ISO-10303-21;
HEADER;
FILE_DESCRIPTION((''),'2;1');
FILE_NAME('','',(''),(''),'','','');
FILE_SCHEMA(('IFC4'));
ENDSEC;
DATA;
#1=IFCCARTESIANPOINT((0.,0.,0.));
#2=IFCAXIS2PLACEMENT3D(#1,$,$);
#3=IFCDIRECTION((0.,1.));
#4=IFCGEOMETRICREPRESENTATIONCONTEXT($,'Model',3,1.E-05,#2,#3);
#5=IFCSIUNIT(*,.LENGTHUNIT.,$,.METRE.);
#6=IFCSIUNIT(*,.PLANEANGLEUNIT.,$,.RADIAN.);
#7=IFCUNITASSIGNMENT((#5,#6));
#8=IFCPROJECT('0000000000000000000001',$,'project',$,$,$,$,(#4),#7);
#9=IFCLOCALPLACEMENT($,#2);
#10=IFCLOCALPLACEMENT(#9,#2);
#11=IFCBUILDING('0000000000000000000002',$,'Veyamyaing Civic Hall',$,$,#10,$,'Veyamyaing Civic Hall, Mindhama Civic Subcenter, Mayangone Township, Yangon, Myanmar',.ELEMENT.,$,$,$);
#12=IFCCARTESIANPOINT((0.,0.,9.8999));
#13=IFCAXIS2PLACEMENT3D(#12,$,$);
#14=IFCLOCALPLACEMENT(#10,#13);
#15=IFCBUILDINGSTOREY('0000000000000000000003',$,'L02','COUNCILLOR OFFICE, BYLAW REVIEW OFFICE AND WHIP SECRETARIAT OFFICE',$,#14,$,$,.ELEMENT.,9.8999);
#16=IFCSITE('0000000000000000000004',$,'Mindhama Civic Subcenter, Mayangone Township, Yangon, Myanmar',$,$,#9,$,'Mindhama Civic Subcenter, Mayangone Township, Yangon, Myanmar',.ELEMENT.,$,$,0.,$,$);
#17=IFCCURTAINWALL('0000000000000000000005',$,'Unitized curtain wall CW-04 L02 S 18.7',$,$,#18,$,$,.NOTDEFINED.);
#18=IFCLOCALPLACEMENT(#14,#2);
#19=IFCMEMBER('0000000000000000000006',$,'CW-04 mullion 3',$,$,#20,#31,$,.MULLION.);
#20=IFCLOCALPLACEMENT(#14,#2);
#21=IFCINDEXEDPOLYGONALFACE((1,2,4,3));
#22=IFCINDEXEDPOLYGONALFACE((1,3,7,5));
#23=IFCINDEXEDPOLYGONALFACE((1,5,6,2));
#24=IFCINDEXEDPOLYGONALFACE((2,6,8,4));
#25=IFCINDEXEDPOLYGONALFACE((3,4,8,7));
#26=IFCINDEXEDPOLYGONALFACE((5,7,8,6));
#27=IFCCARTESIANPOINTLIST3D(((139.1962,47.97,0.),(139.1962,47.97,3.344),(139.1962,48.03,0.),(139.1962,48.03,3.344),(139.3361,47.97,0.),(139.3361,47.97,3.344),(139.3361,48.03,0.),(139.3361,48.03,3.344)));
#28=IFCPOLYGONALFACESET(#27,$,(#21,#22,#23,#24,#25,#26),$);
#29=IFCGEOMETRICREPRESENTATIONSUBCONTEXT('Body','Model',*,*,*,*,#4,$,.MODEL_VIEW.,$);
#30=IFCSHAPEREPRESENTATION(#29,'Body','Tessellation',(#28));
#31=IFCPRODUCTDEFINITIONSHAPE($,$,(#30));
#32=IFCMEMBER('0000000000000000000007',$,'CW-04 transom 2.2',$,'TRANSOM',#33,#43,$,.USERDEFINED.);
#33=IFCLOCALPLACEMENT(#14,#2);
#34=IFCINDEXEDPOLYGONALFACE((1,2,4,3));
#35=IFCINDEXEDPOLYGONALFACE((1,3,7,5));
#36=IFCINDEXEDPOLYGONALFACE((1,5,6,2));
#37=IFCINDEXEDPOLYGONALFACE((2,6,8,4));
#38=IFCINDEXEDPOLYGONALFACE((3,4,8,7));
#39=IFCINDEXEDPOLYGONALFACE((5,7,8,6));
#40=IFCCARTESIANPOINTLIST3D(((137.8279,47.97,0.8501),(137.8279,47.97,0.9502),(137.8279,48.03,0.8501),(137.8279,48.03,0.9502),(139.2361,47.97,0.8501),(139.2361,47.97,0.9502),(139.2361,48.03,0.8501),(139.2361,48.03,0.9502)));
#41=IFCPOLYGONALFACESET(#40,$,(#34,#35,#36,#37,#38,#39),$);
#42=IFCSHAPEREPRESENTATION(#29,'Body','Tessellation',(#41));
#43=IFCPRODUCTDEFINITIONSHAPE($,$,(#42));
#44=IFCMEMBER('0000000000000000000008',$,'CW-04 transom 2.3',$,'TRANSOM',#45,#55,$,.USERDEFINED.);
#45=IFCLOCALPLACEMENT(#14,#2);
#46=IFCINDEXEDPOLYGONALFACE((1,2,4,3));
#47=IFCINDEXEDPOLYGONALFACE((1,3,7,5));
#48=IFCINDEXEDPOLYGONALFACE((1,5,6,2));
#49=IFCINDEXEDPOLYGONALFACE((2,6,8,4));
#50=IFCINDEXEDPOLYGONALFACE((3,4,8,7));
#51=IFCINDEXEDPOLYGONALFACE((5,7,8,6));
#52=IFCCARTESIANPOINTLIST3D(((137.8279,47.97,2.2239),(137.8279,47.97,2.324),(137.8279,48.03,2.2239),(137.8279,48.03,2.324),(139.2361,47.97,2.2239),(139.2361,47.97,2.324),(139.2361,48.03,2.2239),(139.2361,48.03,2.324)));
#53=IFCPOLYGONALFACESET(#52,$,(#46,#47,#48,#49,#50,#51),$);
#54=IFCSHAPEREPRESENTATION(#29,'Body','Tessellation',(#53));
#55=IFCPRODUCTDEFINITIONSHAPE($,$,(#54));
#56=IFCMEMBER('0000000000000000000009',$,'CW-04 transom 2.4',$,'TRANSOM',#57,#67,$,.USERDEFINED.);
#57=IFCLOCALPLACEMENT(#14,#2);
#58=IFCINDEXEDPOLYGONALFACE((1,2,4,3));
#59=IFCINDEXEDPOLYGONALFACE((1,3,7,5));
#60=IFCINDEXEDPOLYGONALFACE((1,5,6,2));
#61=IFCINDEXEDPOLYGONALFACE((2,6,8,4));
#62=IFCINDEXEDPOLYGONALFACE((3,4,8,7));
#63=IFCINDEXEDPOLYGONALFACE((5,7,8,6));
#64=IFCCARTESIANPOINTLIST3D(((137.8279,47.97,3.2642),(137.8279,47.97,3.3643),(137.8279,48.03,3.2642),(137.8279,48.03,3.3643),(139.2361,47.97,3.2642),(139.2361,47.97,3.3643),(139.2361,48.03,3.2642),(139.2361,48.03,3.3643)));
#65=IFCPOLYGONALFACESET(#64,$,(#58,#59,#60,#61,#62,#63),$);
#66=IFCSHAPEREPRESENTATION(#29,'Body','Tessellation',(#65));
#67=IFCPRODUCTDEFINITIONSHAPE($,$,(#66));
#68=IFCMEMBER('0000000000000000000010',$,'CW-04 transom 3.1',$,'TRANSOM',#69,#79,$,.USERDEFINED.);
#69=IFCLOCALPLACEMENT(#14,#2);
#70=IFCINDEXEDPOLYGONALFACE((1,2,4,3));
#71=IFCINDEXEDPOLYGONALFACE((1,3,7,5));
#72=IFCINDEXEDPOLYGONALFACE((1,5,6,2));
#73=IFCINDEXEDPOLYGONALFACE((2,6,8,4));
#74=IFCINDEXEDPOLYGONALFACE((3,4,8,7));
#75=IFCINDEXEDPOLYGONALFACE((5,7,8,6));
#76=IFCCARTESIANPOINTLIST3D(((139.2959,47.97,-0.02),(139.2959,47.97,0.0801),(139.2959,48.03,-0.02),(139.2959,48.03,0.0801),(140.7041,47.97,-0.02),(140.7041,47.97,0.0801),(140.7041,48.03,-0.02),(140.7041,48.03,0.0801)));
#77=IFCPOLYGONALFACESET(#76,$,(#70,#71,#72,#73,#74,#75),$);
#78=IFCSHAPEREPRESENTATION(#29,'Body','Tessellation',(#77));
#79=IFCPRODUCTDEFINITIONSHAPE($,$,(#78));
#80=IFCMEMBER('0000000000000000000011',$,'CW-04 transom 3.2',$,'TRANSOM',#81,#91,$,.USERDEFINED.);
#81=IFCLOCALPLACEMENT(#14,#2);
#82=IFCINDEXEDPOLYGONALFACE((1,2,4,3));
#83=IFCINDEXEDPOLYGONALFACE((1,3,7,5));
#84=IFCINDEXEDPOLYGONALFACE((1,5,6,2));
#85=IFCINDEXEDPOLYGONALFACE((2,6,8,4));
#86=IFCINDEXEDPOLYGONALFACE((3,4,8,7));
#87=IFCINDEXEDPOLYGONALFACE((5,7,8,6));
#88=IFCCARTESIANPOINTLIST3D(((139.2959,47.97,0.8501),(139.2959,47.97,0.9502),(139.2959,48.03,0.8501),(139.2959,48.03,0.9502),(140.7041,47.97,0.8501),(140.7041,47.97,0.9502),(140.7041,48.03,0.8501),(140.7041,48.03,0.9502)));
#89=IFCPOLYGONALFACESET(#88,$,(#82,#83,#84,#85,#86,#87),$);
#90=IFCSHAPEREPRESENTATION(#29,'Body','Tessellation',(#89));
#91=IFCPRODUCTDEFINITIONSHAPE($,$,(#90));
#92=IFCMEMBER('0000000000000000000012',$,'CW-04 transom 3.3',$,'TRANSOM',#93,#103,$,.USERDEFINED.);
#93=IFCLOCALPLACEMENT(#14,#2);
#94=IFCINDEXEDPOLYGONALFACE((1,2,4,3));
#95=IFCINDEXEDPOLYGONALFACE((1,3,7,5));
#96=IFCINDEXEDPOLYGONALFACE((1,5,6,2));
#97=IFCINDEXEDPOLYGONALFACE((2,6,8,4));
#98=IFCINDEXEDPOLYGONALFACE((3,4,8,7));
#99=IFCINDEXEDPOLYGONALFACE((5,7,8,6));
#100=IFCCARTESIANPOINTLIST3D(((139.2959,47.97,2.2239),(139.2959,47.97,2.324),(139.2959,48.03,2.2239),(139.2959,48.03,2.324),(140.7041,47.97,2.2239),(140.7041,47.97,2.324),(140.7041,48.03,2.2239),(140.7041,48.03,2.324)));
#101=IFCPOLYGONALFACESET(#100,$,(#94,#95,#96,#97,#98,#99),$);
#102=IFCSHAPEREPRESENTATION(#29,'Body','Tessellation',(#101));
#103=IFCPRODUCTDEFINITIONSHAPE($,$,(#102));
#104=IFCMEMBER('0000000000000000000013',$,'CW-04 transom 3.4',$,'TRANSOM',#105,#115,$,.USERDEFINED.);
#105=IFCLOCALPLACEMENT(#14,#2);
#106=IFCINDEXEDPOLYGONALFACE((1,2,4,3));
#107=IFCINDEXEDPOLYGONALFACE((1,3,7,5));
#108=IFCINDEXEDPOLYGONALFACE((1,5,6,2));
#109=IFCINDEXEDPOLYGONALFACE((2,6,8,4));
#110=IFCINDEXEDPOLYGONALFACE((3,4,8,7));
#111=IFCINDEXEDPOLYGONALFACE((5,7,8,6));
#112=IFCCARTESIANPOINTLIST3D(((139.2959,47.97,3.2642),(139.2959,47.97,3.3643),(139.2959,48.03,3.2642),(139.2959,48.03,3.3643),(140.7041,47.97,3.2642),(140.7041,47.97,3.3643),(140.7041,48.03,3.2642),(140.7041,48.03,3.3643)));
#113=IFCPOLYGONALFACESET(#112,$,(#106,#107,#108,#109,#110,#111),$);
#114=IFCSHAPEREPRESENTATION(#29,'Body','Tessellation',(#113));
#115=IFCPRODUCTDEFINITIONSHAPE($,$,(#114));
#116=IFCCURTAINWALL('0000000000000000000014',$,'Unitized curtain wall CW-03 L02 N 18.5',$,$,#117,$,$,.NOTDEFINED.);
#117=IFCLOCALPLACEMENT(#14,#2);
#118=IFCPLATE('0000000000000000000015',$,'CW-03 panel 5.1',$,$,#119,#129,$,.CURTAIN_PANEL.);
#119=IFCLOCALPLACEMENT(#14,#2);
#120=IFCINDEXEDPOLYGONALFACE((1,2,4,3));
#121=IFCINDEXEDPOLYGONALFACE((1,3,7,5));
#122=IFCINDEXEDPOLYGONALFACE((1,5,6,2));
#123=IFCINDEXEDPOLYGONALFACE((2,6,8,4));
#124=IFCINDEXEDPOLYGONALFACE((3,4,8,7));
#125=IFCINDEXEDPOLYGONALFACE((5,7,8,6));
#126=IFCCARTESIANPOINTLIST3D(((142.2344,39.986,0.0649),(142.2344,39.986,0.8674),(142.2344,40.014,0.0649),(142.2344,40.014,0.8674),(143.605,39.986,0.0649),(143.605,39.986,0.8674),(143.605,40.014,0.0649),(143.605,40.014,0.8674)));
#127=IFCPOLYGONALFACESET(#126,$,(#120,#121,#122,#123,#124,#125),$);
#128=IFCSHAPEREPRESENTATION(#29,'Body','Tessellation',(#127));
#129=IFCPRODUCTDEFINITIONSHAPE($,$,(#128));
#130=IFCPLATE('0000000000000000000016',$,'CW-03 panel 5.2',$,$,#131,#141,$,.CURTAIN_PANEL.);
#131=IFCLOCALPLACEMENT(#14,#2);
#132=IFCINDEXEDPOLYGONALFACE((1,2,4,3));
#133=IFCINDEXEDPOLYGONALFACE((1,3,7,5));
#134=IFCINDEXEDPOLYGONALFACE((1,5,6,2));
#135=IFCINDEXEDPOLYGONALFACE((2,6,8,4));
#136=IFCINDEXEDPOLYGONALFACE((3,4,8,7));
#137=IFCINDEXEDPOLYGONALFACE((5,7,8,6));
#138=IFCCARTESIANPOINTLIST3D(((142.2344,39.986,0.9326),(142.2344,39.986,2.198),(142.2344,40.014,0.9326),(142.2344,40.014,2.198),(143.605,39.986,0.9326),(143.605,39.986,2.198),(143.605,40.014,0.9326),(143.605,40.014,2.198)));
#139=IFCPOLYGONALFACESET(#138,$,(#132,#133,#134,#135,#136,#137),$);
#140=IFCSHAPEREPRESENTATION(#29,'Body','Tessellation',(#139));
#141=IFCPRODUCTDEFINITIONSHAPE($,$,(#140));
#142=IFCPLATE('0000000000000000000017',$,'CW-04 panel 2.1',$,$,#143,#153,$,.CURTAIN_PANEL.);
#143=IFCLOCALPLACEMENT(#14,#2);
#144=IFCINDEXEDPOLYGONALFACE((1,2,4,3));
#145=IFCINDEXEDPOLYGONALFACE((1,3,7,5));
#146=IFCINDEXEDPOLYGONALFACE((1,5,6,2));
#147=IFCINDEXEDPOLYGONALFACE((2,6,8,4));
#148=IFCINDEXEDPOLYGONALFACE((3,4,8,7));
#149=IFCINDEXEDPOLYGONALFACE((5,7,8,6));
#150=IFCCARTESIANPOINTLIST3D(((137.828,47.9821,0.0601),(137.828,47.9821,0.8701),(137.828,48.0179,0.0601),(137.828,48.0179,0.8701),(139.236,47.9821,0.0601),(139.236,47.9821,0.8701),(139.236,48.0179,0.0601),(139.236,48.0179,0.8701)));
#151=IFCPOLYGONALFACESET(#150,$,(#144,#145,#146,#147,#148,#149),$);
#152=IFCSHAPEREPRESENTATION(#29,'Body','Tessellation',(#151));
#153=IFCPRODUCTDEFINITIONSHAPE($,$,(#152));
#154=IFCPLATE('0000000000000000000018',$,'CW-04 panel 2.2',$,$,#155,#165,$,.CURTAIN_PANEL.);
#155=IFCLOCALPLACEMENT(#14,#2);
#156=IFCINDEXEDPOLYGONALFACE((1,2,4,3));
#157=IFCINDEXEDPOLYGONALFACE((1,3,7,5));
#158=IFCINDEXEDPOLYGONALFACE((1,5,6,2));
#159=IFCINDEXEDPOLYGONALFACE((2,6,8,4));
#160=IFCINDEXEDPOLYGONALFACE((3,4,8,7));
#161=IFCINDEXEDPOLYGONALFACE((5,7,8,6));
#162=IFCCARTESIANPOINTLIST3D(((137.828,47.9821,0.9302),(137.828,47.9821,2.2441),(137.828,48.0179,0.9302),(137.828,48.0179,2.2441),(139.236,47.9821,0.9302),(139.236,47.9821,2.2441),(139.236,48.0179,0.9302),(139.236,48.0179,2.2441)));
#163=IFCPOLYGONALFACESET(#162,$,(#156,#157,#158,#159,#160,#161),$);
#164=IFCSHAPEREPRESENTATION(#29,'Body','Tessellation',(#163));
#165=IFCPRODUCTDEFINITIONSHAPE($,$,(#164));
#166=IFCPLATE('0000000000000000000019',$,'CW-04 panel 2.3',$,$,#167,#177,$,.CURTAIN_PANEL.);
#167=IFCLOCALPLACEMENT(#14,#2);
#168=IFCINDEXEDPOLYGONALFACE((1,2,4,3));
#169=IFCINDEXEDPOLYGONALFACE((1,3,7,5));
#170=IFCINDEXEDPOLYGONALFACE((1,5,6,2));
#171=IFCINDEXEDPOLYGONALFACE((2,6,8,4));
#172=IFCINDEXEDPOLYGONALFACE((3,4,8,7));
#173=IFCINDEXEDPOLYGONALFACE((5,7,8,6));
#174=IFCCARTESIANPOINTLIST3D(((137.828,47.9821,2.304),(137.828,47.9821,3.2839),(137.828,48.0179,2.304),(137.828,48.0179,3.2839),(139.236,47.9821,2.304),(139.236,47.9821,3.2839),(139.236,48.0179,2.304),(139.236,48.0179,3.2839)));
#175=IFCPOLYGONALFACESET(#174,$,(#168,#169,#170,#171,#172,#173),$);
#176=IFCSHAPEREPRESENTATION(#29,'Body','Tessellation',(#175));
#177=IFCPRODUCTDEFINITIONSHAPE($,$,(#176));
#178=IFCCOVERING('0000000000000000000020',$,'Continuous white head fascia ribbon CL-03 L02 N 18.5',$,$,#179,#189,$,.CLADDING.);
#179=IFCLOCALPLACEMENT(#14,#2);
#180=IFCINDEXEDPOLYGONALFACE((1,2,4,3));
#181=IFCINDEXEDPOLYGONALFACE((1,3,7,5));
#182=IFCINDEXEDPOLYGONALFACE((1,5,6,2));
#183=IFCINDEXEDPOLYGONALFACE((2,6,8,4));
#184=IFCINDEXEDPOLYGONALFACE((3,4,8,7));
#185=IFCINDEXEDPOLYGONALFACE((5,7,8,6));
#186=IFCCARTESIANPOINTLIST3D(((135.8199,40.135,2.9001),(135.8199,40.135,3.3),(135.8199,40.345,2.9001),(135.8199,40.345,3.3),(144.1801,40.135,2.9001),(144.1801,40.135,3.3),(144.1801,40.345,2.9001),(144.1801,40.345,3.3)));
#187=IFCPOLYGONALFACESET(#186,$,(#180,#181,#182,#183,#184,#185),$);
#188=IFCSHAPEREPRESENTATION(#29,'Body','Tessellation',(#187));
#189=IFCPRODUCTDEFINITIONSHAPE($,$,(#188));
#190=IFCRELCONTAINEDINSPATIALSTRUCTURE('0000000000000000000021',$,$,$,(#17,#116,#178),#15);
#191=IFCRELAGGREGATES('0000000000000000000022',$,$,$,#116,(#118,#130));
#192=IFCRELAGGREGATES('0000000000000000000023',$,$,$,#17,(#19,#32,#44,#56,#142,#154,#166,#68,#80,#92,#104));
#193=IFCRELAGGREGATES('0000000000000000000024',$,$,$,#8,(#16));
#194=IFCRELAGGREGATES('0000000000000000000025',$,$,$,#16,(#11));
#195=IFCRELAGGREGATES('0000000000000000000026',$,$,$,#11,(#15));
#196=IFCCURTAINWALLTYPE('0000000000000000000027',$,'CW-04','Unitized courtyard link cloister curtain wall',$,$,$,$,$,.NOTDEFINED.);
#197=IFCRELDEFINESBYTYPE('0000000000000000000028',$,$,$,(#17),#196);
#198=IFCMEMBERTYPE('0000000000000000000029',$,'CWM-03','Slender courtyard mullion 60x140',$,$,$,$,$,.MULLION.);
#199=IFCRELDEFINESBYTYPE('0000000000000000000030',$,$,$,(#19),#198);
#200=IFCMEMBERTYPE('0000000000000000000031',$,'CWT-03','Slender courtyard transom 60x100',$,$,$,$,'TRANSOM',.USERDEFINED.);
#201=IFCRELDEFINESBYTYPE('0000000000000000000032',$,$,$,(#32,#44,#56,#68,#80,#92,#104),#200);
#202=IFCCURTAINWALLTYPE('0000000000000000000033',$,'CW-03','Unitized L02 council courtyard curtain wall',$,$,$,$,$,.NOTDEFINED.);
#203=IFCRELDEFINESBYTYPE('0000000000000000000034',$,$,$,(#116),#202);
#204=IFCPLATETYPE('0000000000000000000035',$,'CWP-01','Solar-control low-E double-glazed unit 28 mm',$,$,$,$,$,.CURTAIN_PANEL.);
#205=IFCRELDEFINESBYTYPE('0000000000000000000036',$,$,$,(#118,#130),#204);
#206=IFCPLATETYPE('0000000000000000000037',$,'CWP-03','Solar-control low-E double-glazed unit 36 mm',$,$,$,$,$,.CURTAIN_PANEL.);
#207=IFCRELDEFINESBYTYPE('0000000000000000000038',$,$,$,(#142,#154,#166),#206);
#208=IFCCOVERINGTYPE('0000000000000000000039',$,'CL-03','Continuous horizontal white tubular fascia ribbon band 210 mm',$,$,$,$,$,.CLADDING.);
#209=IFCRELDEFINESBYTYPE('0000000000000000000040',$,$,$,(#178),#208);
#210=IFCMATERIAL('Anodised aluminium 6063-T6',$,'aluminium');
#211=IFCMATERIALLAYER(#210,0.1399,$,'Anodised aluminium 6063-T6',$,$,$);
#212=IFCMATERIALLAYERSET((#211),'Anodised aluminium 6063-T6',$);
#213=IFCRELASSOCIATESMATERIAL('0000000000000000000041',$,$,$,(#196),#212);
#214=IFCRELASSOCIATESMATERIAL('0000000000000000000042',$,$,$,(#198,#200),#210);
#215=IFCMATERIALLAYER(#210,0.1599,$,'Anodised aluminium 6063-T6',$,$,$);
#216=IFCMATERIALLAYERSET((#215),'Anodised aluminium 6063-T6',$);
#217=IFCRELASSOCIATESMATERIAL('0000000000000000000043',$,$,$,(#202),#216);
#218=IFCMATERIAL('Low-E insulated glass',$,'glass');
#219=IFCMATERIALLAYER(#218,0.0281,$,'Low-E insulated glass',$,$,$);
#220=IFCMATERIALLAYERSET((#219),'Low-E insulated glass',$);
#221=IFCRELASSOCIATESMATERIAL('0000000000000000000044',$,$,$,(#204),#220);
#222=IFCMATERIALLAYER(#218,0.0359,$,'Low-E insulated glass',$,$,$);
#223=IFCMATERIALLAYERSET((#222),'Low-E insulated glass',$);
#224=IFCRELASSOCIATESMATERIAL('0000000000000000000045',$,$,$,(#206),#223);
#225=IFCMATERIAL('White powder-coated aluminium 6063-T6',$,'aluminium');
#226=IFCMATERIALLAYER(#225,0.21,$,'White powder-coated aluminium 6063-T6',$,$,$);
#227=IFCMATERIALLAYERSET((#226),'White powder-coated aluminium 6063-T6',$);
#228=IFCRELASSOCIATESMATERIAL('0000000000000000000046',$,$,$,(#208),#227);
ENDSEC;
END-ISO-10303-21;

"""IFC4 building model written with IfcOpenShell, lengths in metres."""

from ifc_helpers import new_model, si_unit, direction, frame, origin, origin_2d, place, context, subcontext, project, spatial, rectangle, extrude, material, layer, layer_set, material_profile, profile_set, type_object, element, aggregate, save


model = new_model("IFC4")

# Units and contexts
model_context = context("Model", 3, precision=1e-05, world=origin(), true_north=direction((0.0, 1.0)))
body_context = subcontext(model_context, "Body", "Model", "MODEL_VIEW")
ifc_project = project(units=[si_unit("LENGTHUNIT", "METRE"), si_unit("PLANEANGLEUNIT", "RADIAN")], contexts=[model_context])

# Site, building, storey
site_placement = place(None, origin())
site = spatial("IfcSite", under=ifc_project, at=site_placement, Name="Mindhama Civic Subcenter, Mayangone Township, Yangon, Myanmar", LongName="Mindhama Civic Subcenter, Mayangone Township, Yangon, Myanmar", CompositionType="ELEMENT", RefElevation=0.0)
building_placement = place(site_placement, origin())
building = spatial("IfcBuilding", under=site, at=building_placement, Name="Veyamyaing Civic Hall", LongName="Veyamyaing Civic Hall, Mindhama Civic Subcenter, Mayangone Township, Yangon, Myanmar", CompositionType="ELEMENT")
storey_placement = place(building_placement, frame((0.0, 0.0, 9.8999)))
storey = spatial("IfcBuildingStorey", under=building, at=storey_placement, Name="L02", Description="COUNCILLOR OFFICE, BYLAW REVIEW OFFICE AND WHIP SECRETARIAT OFFICE", CompositionType="ELEMENT", Elevation=9.8999)

# Curtain wall, members
ifc_material_1 = material(Name="Anodised aluminium 6063-T6", Category="aluminium")
ifc_layer_1 = layer(ifc_material_1, 0.1399, Name="Anodised aluminium 6063-T6")
ifc_layer_set_1 = layer_set([ifc_layer_1], Name="Anodised aluminium 6063-T6")
curtain_wall_type_1 = type_object("IfcCurtainWallType", Name="CW-04", Description="Unitized courtyard link cloister curtain wall", PredefinedType="NOTDEFINED", material=ifc_layer_set_1)
curtain_wall_1_placement = place(storey_placement, origin())
curtain_wall_1 = element("IfcCurtainWall", 1, at=curtain_wall_1_placement, inside=storey, type_object=curtain_wall_type_1, Name="Unitized curtain wall CW-04 L02 S 18.7", PredefinedType="NOTDEFINED")
ifc_material_profile_1 = material_profile(ifc_material_1, rectangle(XDim=0.0601, YDim=0.1399, at=origin_2d()), Name="ALU-MUL-60X140")
ifc_profile_set_1 = profile_set([ifc_material_profile_1], Name="Anodised aluminium 6063-T6")
member_type_1 = type_object("IfcMemberType", Name="CWM-03", Description="Slender courtyard mullion 60x140", PredefinedType="MULLION", material=ifc_profile_set_1)
member_1_placement = place(storey_placement, frame((139.2661, 48.0, 0.0), z_axis=(0.0, 0.0, 1.0), x_axis=(0.0, 1.0, 0.0)))
member_1 = element("IfcMember", 2, at=member_1_placement, type_object=member_type_1, Name="CW-04 mullion 3", PredefinedType="MULLION", context=body_context, shape_type="SweptSolid", body=[
    extrude(rectangle(XDim=0.0601, YDim=0.1399, at=origin_2d()), origin(), (0.0, 0.0, 1.0), 3.344),
])
ifc_material_profile_2 = material_profile(ifc_material_1, rectangle(XDim=0.0601, YDim=0.1001, at=origin_2d()), Name="ALU-TRN-60X100")
ifc_profile_set_2 = profile_set([ifc_material_profile_2], Name="Anodised aluminium 6063-T6")
member_type_2 = type_object("IfcMemberType", Name="CWT-03", Description="Slender courtyard transom 60x100", ElementType="TRANSOM", PredefinedType="USERDEFINED", material=ifc_profile_set_2)
member_2_placement = place(storey_placement, frame((137.8279, 48.0, 0.9001), z_axis=(1.0, 0.0, 0.0), x_axis=(0.0, 1.0, 0.0)))
member_2 = element("IfcMember", 3, at=member_2_placement, type_object=member_type_2, Name="CW-04 transom 2.2", ObjectType="TRANSOM", PredefinedType="USERDEFINED", context=body_context, shape_type="SweptSolid", body=[
    extrude(rectangle(XDim=0.0601, YDim=0.1001, at=origin_2d()), origin(), (0.0, 0.0, 1.0), 1.4082),
])
member_3_placement = place(storey_placement, frame((137.8279, 48.0, 2.2739), z_axis=(1.0, 0.0, 0.0), x_axis=(0.0, 1.0, 0.0)))
member_3 = element("IfcMember", 4, at=member_3_placement, type_object=member_type_2, Name="CW-04 transom 2.3", ObjectType="TRANSOM", PredefinedType="USERDEFINED", context=body_context, shape_type="SweptSolid", body=[
    extrude(rectangle(XDim=0.0601, YDim=0.1001, at=origin_2d()), origin(), (0.0, 0.0, 1.0), 1.4082),
])
member_4_placement = place(storey_placement, frame((137.8279, 48.0, 3.3142), z_axis=(1.0, 0.0, 0.0), x_axis=(0.0, 1.0, 0.0)))
member_4 = element("IfcMember", 5, at=member_4_placement, type_object=member_type_2, Name="CW-04 transom 2.4", ObjectType="TRANSOM", PredefinedType="USERDEFINED", context=body_context, shape_type="SweptSolid", body=[
    extrude(rectangle(XDim=0.0601, YDim=0.1001, at=origin_2d()), origin(), (0.0, 0.0, 1.0), 1.4082),
])
member_5_placement = place(storey_placement, frame((139.2959, 48.0, 0.03), z_axis=(1.0, 0.0, 0.0), x_axis=(0.0, 1.0, 0.0)))
member_5 = element("IfcMember", 6, at=member_5_placement, type_object=member_type_2, Name="CW-04 transom 3.1", ObjectType="TRANSOM", PredefinedType="USERDEFINED", context=body_context, shape_type="SweptSolid", body=[
    extrude(rectangle(XDim=0.0601, YDim=0.1001, at=origin_2d()), origin(), (0.0, 0.0, 1.0), 1.4082),
])
member_6_placement = place(storey_placement, frame((139.2959, 48.0, 0.9001), z_axis=(1.0, 0.0, 0.0), x_axis=(0.0, 1.0, 0.0)))
member_6 = element("IfcMember", 7, at=member_6_placement, type_object=member_type_2, Name="CW-04 transom 3.2", ObjectType="TRANSOM", PredefinedType="USERDEFINED", context=body_context, shape_type="SweptSolid", body=[
    extrude(rectangle(XDim=0.0601, YDim=0.1001, at=origin_2d()), origin(), (0.0, 0.0, 1.0), 1.4082),
])
member_7_placement = place(storey_placement, frame((139.2959, 48.0, 2.2739), z_axis=(1.0, 0.0, 0.0), x_axis=(0.0, 1.0, 0.0)))
member_7 = element("IfcMember", 8, at=member_7_placement, type_object=member_type_2, Name="CW-04 transom 3.3", ObjectType="TRANSOM", PredefinedType="USERDEFINED", context=body_context, shape_type="SweptSolid", body=[
    extrude(rectangle(XDim=0.0601, YDim=0.1001, at=origin_2d()), origin(), (0.0, 0.0, 1.0), 1.4082),
])
member_8_placement = place(storey_placement, frame((139.2959, 48.0, 3.3142), z_axis=(1.0, 0.0, 0.0), x_axis=(0.0, 1.0, 0.0)))
member_8 = element("IfcMember", 9, at=member_8_placement, type_object=member_type_2, Name="CW-04 transom 3.4", ObjectType="TRANSOM", PredefinedType="USERDEFINED", context=body_context, shape_type="SweptSolid", body=[
    extrude(rectangle(XDim=0.0601, YDim=0.1001, at=origin_2d()), origin(), (0.0, 0.0, 1.0), 1.4082),
])

# Curtain wall, plates
ifc_layer_2 = layer(ifc_material_1, 0.1599, Name="Anodised aluminium 6063-T6")
ifc_layer_set_2 = layer_set([ifc_layer_2], Name="Anodised aluminium 6063-T6")
curtain_wall_type_2 = type_object("IfcCurtainWallType", Name="CW-03", Description="Unitized L02 council courtyard curtain wall", PredefinedType="NOTDEFINED", material=ifc_layer_set_2)
curtain_wall_2_placement = place(storey_placement, origin())
curtain_wall_2 = element("IfcCurtainWall", 10, at=curtain_wall_2_placement, inside=storey, type_object=curtain_wall_type_2, Name="Unitized curtain wall CW-03 L02 N 18.5", PredefinedType="NOTDEFINED")
ifc_material_2 = material(Name="Low-E insulated glass", Category="glass")
ifc_layer_3 = layer(ifc_material_2, 0.0281, Name="Low-E insulated glass")
ifc_layer_set_3 = layer_set([ifc_layer_3], Name="Low-E insulated glass")
plate_type_1 = type_object("IfcPlateType", Name="CWP-01", Description="Solar-control low-E double-glazed unit 28 mm", PredefinedType="CURTAIN_PANEL", material=ifc_layer_set_3)
plate_1_placement = place(storey_placement, frame((142.9197, 40.0, 0.0649), z_axis=(0.0, 0.0, 1.0), x_axis=(1.0, 0.0, 0.0)))
plate_1 = element("IfcPlate", 11, at=plate_1_placement, type_object=plate_type_1, Name="CW-03 panel 5.1", PredefinedType="CURTAIN_PANEL", context=body_context, shape_type="SweptSolid", body=[
    extrude(rectangle(XDim=1.3706, YDim=0.0281, at=origin_2d()), origin(), (0.0, 0.0, 1.0), 0.8025),
])
plate_2_placement = place(storey_placement, frame((142.9197, 40.0, 0.9326), z_axis=(0.0, 0.0, 1.0), x_axis=(1.0, 0.0, 0.0)))
plate_2 = element("IfcPlate", 12, at=plate_2_placement, type_object=plate_type_1, Name="CW-03 panel 5.2", PredefinedType="CURTAIN_PANEL", context=body_context, shape_type="SweptSolid", body=[
    extrude(rectangle(XDim=1.3706, YDim=0.0281, at=origin_2d()), origin(), (0.0, 0.0, 1.0), 1.2654),
])
aggregate(curtain_wall_2, [plate_1, plate_2])

# Plates
ifc_layer_4 = layer(ifc_material_2, 0.0359, Name="Low-E insulated glass")
ifc_layer_set_4 = layer_set([ifc_layer_4], Name="Low-E insulated glass")
plate_type_2 = type_object("IfcPlateType", Name="CWP-03", Description="Solar-control low-E double-glazed unit 36 mm", PredefinedType="CURTAIN_PANEL", material=ifc_layer_set_4)
plate_3_placement = place(storey_placement, frame((138.532, 48.0, 0.0601), z_axis=(0.0, 0.0, 1.0), x_axis=(1.0, 0.0, 0.0)))
plate_3 = element("IfcPlate", 13, at=plate_3_placement, type_object=plate_type_2, Name="CW-04 panel 2.1", PredefinedType="CURTAIN_PANEL", context=body_context, shape_type="SweptSolid", body=[
    extrude(rectangle(XDim=1.408, YDim=0.0359, at=origin_2d()), origin(), (0.0, 0.0, 1.0), 0.8101),
])
plate_4_placement = place(storey_placement, frame((138.532, 48.0, 0.9302), z_axis=(0.0, 0.0, 1.0), x_axis=(1.0, 0.0, 0.0)))
plate_4 = element("IfcPlate", 14, at=plate_4_placement, type_object=plate_type_2, Name="CW-04 panel 2.2", PredefinedType="CURTAIN_PANEL", context=body_context, shape_type="SweptSolid", body=[
    extrude(rectangle(XDim=1.408, YDim=0.0359, at=origin_2d()), origin(), (0.0, 0.0, 1.0), 1.314),
])
plate_5_placement = place(storey_placement, frame((138.532, 48.0, 2.304), z_axis=(0.0, 0.0, 1.0), x_axis=(1.0, 0.0, 0.0)))
plate_5 = element("IfcPlate", 15, at=plate_5_placement, type_object=plate_type_2, Name="CW-04 panel 2.3", PredefinedType="CURTAIN_PANEL", context=body_context, shape_type="SweptSolid", body=[
    extrude(rectangle(XDim=1.408, YDim=0.0359, at=origin_2d()), origin(), (0.0, 0.0, 1.0), 0.98),
])
aggregate(curtain_wall_1, [member_1, member_2, member_3, member_4, plate_3, plate_4, plate_5, member_5, member_6, member_7, member_8])

# Covering
ifc_material_3 = material(Name="White powder-coated aluminium 6063-T6", Category="aluminium")
ifc_layer_5 = layer(ifc_material_3, 0.21, Name="White powder-coated aluminium 6063-T6")
ifc_layer_set_5 = layer_set([ifc_layer_5], Name="White powder-coated aluminium 6063-T6")
covering_type = type_object("IfcCoveringType", Name="CL-03", Description="Continuous horizontal white tubular fascia ribbon band 210 mm", PredefinedType="CLADDING", material=ifc_layer_set_5)
for number, where, z_axis, x_axis, name in (
    (16, (140.0, 40.24, 2.9001), (0.0, 0.0, 1.0), (1.0, 0.0, 0.0), "Continuous white head fascia ribbon CL-03 L02 N 18.5"),
):
    element("IfcCovering", number, at=place(storey_placement, frame(where, z_axis=z_axis, x_axis=x_axis)), inside=storey, type_object=covering_type, Name=name, PredefinedType="CLADDING", context=body_context, shape_type="SweptSolid", body=[
        extrude(rectangle(XDim=8.3601, YDim=0.21, at=origin_2d()), origin(), (0.0, 0.0, 1.0), 0.3999),
    ])

save(model, "model.ifc")
